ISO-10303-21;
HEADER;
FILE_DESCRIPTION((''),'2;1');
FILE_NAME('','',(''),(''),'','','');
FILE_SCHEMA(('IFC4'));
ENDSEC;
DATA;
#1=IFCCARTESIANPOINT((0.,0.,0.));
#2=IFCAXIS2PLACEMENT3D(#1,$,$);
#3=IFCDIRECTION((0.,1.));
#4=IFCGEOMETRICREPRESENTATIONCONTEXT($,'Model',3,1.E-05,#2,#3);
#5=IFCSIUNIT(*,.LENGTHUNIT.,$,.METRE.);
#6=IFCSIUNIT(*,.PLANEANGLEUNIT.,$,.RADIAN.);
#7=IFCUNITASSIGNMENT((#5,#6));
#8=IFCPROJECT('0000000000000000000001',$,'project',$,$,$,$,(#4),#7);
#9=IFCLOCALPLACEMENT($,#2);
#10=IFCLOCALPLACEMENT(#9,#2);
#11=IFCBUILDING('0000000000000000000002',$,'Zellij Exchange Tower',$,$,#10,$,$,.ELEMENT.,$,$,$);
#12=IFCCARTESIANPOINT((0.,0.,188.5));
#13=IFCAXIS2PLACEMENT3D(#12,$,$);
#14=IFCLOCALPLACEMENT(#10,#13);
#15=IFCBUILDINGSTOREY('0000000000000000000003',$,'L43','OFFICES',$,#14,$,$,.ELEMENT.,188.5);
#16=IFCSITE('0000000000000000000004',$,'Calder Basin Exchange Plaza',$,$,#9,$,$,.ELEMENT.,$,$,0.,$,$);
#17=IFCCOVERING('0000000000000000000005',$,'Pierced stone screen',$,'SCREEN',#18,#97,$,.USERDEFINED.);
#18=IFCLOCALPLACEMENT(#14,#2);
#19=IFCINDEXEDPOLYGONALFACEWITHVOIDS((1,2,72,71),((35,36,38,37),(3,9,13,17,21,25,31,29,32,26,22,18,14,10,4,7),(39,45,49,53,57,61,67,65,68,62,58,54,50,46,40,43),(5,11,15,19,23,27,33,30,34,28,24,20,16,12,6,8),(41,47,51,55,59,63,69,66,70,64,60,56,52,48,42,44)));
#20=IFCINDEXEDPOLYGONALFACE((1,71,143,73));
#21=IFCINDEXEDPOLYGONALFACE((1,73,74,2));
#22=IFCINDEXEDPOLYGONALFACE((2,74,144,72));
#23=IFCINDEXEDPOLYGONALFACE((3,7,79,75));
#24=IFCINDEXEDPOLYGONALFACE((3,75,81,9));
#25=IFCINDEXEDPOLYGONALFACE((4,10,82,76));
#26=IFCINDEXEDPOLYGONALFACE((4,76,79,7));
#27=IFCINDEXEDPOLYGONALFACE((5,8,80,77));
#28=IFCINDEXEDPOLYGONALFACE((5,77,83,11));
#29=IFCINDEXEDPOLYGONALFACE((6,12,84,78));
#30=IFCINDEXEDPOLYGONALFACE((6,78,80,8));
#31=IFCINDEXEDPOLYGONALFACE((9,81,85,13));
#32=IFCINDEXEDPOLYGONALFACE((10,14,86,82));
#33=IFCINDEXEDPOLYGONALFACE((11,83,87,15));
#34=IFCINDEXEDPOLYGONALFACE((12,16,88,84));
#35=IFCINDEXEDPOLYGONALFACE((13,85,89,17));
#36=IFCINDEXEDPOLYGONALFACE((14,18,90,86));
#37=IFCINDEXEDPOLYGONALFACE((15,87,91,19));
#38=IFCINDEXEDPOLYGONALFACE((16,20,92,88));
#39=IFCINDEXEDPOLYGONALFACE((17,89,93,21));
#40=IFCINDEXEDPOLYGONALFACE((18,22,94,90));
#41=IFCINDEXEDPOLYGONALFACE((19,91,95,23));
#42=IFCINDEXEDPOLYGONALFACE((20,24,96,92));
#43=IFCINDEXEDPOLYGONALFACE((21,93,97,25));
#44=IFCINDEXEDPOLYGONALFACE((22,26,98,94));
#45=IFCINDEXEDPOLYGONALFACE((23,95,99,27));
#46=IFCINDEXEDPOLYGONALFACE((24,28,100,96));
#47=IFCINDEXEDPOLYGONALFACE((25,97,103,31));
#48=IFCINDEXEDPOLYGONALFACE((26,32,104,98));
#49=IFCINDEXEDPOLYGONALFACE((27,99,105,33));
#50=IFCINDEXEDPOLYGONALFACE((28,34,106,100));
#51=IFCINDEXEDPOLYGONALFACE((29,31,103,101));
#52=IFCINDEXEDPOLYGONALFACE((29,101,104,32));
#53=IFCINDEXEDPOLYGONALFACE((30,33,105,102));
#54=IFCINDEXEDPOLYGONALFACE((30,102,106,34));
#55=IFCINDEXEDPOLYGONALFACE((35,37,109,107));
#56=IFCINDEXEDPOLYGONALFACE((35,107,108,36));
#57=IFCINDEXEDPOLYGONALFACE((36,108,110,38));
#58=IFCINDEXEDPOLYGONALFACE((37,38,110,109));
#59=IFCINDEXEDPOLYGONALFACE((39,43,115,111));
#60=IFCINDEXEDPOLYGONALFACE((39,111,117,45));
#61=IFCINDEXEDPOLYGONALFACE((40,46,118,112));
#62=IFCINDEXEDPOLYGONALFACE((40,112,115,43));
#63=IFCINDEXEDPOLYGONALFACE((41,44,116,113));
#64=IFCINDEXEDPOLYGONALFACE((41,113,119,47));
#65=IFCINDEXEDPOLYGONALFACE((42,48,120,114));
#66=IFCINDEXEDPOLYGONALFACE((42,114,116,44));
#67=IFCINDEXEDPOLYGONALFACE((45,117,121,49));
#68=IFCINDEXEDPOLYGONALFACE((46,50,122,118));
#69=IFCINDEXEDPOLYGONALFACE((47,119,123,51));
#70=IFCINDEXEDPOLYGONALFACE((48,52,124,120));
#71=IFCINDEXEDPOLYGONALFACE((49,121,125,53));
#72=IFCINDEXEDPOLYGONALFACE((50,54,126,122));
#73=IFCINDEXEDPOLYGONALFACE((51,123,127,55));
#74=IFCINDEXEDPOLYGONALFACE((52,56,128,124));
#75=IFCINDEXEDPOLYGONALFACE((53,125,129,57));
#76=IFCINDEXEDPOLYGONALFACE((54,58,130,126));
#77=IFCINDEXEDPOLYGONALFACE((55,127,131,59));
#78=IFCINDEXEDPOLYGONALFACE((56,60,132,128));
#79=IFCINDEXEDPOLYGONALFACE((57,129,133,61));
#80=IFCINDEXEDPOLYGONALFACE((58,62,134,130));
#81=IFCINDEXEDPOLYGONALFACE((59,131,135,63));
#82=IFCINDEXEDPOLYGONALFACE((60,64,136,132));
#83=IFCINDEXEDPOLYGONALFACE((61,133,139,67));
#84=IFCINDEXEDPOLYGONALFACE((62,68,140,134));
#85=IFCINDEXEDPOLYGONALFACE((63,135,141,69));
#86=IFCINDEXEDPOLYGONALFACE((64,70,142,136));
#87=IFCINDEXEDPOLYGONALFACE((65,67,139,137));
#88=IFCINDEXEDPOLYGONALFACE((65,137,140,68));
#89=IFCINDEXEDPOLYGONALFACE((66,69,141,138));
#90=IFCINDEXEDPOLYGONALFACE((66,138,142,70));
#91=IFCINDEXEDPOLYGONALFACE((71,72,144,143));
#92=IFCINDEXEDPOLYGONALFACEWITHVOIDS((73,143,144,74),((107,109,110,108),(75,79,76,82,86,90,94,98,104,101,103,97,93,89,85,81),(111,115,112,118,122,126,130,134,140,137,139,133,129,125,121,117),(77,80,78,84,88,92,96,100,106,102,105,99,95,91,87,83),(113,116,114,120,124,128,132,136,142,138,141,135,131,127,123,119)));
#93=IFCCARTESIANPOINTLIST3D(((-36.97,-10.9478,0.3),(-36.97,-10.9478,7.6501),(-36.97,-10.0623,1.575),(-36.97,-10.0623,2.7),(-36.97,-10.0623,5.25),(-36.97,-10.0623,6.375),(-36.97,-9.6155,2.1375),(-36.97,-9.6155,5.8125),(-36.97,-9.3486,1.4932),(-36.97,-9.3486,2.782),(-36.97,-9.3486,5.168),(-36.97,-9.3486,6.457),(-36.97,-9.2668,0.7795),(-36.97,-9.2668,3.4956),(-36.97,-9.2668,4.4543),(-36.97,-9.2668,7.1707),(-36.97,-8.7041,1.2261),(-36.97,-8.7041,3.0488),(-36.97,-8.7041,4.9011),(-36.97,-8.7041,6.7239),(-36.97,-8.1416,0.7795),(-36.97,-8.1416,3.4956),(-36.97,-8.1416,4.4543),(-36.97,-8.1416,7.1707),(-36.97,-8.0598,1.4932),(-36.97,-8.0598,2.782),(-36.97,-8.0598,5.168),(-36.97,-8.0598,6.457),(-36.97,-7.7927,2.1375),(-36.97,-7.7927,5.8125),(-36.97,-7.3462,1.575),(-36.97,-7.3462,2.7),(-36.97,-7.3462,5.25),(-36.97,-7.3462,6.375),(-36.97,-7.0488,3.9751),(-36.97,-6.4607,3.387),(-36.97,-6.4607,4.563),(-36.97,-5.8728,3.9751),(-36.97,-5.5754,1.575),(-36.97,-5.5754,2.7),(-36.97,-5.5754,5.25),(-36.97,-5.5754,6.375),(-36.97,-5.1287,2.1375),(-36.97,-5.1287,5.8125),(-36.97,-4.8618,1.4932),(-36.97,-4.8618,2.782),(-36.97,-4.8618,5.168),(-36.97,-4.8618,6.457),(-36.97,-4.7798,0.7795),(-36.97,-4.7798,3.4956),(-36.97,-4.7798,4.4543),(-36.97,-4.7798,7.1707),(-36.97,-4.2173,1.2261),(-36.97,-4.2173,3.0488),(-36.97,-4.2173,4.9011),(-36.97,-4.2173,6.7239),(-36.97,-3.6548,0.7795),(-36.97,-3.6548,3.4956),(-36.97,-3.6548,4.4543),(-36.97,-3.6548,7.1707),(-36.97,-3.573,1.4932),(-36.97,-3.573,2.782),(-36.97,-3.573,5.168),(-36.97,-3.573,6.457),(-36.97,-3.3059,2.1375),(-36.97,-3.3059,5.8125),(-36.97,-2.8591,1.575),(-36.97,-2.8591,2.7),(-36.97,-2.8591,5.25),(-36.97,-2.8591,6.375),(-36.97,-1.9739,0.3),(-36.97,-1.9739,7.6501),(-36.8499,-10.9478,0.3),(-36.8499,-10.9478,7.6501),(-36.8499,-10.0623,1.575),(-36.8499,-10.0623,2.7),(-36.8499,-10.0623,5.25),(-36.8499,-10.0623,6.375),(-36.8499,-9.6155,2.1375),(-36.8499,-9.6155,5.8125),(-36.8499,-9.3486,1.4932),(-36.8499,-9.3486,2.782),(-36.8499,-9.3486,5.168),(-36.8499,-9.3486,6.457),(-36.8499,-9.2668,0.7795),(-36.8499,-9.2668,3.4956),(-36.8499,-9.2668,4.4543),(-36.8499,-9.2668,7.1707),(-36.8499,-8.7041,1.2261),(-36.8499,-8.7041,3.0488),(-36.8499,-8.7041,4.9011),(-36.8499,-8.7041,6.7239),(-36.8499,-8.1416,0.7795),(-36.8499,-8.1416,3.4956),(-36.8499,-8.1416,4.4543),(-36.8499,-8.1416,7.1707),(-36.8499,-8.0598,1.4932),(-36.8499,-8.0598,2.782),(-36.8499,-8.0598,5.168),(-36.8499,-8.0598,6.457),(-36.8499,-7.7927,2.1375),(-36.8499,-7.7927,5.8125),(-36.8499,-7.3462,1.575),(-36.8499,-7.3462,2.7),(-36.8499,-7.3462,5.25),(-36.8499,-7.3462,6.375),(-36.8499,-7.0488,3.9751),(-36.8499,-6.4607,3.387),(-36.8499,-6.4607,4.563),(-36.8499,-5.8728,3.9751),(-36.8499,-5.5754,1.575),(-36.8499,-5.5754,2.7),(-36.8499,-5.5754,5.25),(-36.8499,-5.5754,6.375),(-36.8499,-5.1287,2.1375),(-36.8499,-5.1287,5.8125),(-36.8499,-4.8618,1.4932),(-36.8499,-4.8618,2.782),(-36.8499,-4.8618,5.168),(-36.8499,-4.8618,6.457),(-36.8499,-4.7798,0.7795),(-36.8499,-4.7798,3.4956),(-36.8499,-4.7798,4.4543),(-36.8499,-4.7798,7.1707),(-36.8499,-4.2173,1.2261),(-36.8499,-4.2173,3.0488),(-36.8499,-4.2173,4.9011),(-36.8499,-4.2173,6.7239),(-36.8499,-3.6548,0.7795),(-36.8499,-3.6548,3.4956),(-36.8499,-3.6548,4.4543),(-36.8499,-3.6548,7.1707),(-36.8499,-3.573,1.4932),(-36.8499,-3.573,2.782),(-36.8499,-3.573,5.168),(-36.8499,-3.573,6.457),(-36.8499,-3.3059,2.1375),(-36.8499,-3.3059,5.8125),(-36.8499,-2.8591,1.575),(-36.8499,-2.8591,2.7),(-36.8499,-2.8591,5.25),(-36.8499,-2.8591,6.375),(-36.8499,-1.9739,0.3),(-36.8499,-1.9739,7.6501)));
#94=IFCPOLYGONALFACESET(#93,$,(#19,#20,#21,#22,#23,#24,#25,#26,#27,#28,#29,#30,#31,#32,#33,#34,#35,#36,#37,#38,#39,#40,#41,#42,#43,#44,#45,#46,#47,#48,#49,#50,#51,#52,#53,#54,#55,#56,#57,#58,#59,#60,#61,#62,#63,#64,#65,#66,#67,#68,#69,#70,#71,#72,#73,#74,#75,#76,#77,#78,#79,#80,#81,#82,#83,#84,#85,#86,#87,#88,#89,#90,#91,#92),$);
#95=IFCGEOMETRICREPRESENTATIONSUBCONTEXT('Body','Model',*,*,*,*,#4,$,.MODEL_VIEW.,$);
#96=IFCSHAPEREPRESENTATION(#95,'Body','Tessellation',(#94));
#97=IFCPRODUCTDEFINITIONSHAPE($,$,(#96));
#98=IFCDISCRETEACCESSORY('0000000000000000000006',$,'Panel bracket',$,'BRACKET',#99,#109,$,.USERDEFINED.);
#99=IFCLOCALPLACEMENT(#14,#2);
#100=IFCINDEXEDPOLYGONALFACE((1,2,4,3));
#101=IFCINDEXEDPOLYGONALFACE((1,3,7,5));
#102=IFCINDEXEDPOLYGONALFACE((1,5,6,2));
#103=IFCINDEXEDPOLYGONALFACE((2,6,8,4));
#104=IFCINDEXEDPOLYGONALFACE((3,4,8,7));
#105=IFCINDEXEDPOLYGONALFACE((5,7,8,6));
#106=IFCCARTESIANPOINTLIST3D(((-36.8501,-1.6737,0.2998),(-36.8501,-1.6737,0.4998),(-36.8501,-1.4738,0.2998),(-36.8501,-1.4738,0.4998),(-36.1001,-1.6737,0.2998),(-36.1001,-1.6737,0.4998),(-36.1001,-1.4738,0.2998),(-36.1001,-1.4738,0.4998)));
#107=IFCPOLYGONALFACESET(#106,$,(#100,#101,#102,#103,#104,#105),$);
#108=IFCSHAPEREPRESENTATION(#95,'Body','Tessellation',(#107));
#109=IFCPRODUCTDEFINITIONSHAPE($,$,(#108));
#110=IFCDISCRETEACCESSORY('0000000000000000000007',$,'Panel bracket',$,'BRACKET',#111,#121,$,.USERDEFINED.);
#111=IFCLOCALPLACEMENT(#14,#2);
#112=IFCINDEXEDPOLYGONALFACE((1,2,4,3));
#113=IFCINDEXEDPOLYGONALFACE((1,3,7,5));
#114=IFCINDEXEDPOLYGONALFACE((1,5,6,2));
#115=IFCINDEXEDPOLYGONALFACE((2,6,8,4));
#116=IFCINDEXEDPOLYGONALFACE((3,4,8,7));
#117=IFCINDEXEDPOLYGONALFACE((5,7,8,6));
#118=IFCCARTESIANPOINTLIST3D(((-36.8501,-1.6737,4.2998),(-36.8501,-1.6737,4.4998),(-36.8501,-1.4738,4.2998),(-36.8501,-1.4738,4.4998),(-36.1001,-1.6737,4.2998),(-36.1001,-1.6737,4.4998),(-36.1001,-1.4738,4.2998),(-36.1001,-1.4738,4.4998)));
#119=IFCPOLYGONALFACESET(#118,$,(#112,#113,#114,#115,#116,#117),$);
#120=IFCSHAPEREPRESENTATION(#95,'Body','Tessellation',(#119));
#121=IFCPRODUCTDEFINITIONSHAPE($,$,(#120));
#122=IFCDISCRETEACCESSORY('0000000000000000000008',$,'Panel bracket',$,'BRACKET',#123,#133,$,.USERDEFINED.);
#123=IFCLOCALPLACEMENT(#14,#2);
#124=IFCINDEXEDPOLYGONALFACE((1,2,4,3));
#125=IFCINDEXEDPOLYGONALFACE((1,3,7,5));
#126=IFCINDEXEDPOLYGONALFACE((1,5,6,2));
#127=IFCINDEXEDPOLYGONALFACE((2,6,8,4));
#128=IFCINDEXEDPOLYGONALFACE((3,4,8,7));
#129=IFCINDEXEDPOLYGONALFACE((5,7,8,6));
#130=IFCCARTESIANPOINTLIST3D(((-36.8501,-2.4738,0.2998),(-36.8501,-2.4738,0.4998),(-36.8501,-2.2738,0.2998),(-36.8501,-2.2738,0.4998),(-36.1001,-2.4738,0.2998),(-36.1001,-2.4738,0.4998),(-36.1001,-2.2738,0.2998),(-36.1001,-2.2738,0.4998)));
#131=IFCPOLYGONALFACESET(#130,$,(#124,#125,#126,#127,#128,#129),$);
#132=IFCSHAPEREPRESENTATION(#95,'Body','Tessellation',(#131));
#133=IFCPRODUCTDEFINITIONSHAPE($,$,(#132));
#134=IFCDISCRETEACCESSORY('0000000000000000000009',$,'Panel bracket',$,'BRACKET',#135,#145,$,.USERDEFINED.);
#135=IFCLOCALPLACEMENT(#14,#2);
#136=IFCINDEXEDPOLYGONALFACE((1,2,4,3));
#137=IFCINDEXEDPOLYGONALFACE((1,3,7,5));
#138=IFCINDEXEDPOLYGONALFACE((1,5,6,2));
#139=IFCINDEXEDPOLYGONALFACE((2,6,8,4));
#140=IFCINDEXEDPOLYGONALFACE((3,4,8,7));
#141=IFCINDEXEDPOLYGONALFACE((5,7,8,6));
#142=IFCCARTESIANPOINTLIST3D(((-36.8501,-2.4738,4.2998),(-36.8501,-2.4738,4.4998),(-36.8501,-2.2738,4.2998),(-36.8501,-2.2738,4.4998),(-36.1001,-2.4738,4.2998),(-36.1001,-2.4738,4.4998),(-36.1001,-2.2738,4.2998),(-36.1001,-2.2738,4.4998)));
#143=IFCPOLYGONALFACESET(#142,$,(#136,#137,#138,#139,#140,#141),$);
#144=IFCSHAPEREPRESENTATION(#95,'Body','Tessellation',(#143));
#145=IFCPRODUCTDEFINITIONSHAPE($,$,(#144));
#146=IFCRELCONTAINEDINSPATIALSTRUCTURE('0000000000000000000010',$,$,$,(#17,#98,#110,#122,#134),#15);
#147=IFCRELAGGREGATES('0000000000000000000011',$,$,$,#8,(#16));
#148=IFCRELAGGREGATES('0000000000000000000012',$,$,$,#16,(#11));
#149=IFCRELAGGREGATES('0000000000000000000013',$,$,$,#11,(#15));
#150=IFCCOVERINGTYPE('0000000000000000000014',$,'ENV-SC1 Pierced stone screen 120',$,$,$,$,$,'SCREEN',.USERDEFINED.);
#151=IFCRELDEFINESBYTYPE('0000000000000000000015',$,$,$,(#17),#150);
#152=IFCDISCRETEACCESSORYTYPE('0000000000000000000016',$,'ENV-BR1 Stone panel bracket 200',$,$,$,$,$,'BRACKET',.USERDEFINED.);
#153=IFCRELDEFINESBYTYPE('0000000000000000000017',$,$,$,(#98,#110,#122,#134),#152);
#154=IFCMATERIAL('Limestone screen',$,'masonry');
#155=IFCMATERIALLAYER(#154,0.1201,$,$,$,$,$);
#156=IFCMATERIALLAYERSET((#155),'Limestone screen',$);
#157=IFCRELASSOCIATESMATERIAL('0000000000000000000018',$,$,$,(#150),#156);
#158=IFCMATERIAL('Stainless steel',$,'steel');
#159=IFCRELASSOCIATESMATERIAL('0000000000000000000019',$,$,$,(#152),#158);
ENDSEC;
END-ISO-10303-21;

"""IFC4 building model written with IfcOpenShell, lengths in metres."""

from ifc_helpers import new_model, si_unit, direction, frame, origin, origin_2d, place, context, subcontext, project, spatial, polyline, rectangle, outline, extrude, material, layer, layer_set, type_object, element, save


model = new_model("IFC4")

# Units and contexts
model_context = context("Model", 3, precision=1e-05, world=origin(), true_north=direction((0.0, 1.0)))
body_context = subcontext(model_context, "Body", "Model", "MODEL_VIEW")
ifc_project = project(units=[si_unit("LENGTHUNIT", "METRE"), si_unit("PLANEANGLEUNIT", "RADIAN")], contexts=[model_context])

# Site, building, storey
site_placement = place(None, origin())
site = spatial("IfcSite", under=ifc_project, at=site_placement, Name="Calder Basin Exchange Plaza", CompositionType="ELEMENT", RefElevation=0.0)
building_placement = place(site_placement, origin())
building = spatial("IfcBuilding", under=site, at=building_placement, Name="Zellij Exchange Tower", CompositionType="ELEMENT")
storey_placement = place(building_placement, frame((0.0, 0.0, 188.5)))
storey = spatial("IfcBuildingStorey", under=building, at=storey_placement, Name="L43", Description="OFFICES", CompositionType="ELEMENT", Elevation=188.5)

# Covering
ifc_material_1 = material(Name="Limestone screen", Category="masonry")
ifc_layer_1 = layer(ifc_material_1, 0.1201)
ifc_layer_set_1 = layer_set([ifc_layer_1], Name="Limestone screen")
covering_type = type_object("IfcCoveringType", Name="ENV-SC1 Pierced stone screen 120", ElementType="SCREEN", PredefinedType="USERDEFINED", material=ifc_layer_set_1)
covering_placement = place(storey_placement, frame((-36.9099, -1.9739, 0.3), z_axis=(0.0, 0.0, 1.0), x_axis=(0.0, -1.0, 0.0)))
element("IfcCovering", 1, at=covering_placement, inside=storey, type_object=covering_type, Name="Pierced stone screen", ObjectType="SCREEN", PredefinedType="USERDEFINED", context=body_context, shape_type="SweptSolid", body=[
    extrude(outline(polyline([(0.0, 0.0), (8.9739, 0.0), (8.9739, 7.3501), (0.0, 7.3501), (0.0, 0.0)]), holes=[polyline([(3.6016, 2.3999), (2.8879, 2.4819), (2.8059, 3.1956), (2.2434, 2.7488), (1.6809, 3.1956), (1.5991, 2.4819), (0.8853, 2.3999), (1.332, 1.8374), (0.8853, 1.2749), (1.5991, 1.1931), (1.6809, 0.4795), (2.2434, 0.926), (2.8059, 0.4795), (2.8879, 1.1931), (3.6016, 1.2749), (3.1548, 1.8374), (3.6016, 2.3999)]), polyline([(3.6016, 6.075), (2.8879, 6.157), (2.8059, 6.8706), (2.2434, 6.4238), (1.6809, 6.8706), (1.5991, 6.157), (0.8853, 6.075), (1.332, 5.5125), (0.8853, 4.95), (1.5991, 4.8679), (1.6809, 4.1543), (2.2434, 4.6011), (2.8059, 4.1543), (2.8879, 4.8679), (3.6016, 4.95), (3.1548, 5.5125), (3.6016, 6.075)]), polyline([(8.0884, 2.3999), (7.3748, 2.4819), (7.293, 3.1956), (6.7302, 2.7488), (6.1677, 3.1956), (6.0859, 2.4819), (5.3723, 2.3999), (5.8188, 1.8374), (5.3723, 1.2749), (6.0859, 1.1931), (6.1677, 0.4795), (6.7302, 0.926), (7.293, 0.4795), (7.3748, 1.1931), (8.0884, 1.2749), (7.6416, 1.8374), (8.0884, 2.3999)]), polyline([(8.0884, 6.075), (7.3748, 6.157), (7.293, 6.8706), (6.7302, 6.4238), (6.1677, 6.8706), (6.0859, 6.157), (5.3723, 6.075), (5.8188, 5.5125), (5.3723, 4.95), (6.0859, 4.8679), (6.1677, 4.1543), (6.7302, 4.6011), (7.293, 4.1543), (7.3748, 4.8679), (8.0884, 4.95), (7.6416, 5.5125), (8.0884, 6.075)]), polyline([(5.075, 3.675), (4.4868, 4.2629), (3.8989, 3.675), (4.4868, 3.0869), (5.075, 3.675)])]), frame((0.0, 0.0601, 0.0), z_axis=(0.0, -1.0, 0.0), x_axis=(1.0, 0.0, 0.0)), (0.0, 0.0, 1.0), 0.1201),
])

# Discrete accessories
ifc_material_2 = material(Name="Stainless steel", Category="steel")
discrete_accessory_type = type_object("IfcDiscreteAccessoryType", Name="ENV-BR1 Stone panel bracket 200", ElementType="BRACKET", PredefinedType="USERDEFINED", material=ifc_material_2)
for number, where, z_axis, x_axis, name in (
    (2, (-36.4751, -1.5737, 0.2998), (0.0, 0.0, 1.0), (0.0, -1.0, 0.0), "Panel bracket"),
    (3, (-36.4751, -1.5737, 4.2998), (0.0, 0.0, 1.0), (0.0, -1.0, 0.0), "Panel bracket"),
    (4, (-36.4751, -2.3738, 0.2998), (0.0, 0.0, 1.0), (0.0, -1.0, 0.0), "Panel bracket"),
    (5, (-36.4751, -2.3738, 4.2998), (0.0, 0.0, 1.0), (0.0, -1.0, 0.0), "Panel bracket"),
):
    element("IfcDiscreteAccessory", number, at=place(storey_placement, frame(where, z_axis=z_axis, x_axis=x_axis)), inside=storey, type_object=discrete_accessory_type, Name=name, ObjectType="BRACKET", PredefinedType="USERDEFINED", context=body_context, shape_type="SweptSolid", body=[
        extrude(rectangle(XDim=0.2, YDim=0.75, at=origin_2d()), origin(), (0.0, 0.0, 1.0), 0.2),
    ])

save(model, "model.ifc")
